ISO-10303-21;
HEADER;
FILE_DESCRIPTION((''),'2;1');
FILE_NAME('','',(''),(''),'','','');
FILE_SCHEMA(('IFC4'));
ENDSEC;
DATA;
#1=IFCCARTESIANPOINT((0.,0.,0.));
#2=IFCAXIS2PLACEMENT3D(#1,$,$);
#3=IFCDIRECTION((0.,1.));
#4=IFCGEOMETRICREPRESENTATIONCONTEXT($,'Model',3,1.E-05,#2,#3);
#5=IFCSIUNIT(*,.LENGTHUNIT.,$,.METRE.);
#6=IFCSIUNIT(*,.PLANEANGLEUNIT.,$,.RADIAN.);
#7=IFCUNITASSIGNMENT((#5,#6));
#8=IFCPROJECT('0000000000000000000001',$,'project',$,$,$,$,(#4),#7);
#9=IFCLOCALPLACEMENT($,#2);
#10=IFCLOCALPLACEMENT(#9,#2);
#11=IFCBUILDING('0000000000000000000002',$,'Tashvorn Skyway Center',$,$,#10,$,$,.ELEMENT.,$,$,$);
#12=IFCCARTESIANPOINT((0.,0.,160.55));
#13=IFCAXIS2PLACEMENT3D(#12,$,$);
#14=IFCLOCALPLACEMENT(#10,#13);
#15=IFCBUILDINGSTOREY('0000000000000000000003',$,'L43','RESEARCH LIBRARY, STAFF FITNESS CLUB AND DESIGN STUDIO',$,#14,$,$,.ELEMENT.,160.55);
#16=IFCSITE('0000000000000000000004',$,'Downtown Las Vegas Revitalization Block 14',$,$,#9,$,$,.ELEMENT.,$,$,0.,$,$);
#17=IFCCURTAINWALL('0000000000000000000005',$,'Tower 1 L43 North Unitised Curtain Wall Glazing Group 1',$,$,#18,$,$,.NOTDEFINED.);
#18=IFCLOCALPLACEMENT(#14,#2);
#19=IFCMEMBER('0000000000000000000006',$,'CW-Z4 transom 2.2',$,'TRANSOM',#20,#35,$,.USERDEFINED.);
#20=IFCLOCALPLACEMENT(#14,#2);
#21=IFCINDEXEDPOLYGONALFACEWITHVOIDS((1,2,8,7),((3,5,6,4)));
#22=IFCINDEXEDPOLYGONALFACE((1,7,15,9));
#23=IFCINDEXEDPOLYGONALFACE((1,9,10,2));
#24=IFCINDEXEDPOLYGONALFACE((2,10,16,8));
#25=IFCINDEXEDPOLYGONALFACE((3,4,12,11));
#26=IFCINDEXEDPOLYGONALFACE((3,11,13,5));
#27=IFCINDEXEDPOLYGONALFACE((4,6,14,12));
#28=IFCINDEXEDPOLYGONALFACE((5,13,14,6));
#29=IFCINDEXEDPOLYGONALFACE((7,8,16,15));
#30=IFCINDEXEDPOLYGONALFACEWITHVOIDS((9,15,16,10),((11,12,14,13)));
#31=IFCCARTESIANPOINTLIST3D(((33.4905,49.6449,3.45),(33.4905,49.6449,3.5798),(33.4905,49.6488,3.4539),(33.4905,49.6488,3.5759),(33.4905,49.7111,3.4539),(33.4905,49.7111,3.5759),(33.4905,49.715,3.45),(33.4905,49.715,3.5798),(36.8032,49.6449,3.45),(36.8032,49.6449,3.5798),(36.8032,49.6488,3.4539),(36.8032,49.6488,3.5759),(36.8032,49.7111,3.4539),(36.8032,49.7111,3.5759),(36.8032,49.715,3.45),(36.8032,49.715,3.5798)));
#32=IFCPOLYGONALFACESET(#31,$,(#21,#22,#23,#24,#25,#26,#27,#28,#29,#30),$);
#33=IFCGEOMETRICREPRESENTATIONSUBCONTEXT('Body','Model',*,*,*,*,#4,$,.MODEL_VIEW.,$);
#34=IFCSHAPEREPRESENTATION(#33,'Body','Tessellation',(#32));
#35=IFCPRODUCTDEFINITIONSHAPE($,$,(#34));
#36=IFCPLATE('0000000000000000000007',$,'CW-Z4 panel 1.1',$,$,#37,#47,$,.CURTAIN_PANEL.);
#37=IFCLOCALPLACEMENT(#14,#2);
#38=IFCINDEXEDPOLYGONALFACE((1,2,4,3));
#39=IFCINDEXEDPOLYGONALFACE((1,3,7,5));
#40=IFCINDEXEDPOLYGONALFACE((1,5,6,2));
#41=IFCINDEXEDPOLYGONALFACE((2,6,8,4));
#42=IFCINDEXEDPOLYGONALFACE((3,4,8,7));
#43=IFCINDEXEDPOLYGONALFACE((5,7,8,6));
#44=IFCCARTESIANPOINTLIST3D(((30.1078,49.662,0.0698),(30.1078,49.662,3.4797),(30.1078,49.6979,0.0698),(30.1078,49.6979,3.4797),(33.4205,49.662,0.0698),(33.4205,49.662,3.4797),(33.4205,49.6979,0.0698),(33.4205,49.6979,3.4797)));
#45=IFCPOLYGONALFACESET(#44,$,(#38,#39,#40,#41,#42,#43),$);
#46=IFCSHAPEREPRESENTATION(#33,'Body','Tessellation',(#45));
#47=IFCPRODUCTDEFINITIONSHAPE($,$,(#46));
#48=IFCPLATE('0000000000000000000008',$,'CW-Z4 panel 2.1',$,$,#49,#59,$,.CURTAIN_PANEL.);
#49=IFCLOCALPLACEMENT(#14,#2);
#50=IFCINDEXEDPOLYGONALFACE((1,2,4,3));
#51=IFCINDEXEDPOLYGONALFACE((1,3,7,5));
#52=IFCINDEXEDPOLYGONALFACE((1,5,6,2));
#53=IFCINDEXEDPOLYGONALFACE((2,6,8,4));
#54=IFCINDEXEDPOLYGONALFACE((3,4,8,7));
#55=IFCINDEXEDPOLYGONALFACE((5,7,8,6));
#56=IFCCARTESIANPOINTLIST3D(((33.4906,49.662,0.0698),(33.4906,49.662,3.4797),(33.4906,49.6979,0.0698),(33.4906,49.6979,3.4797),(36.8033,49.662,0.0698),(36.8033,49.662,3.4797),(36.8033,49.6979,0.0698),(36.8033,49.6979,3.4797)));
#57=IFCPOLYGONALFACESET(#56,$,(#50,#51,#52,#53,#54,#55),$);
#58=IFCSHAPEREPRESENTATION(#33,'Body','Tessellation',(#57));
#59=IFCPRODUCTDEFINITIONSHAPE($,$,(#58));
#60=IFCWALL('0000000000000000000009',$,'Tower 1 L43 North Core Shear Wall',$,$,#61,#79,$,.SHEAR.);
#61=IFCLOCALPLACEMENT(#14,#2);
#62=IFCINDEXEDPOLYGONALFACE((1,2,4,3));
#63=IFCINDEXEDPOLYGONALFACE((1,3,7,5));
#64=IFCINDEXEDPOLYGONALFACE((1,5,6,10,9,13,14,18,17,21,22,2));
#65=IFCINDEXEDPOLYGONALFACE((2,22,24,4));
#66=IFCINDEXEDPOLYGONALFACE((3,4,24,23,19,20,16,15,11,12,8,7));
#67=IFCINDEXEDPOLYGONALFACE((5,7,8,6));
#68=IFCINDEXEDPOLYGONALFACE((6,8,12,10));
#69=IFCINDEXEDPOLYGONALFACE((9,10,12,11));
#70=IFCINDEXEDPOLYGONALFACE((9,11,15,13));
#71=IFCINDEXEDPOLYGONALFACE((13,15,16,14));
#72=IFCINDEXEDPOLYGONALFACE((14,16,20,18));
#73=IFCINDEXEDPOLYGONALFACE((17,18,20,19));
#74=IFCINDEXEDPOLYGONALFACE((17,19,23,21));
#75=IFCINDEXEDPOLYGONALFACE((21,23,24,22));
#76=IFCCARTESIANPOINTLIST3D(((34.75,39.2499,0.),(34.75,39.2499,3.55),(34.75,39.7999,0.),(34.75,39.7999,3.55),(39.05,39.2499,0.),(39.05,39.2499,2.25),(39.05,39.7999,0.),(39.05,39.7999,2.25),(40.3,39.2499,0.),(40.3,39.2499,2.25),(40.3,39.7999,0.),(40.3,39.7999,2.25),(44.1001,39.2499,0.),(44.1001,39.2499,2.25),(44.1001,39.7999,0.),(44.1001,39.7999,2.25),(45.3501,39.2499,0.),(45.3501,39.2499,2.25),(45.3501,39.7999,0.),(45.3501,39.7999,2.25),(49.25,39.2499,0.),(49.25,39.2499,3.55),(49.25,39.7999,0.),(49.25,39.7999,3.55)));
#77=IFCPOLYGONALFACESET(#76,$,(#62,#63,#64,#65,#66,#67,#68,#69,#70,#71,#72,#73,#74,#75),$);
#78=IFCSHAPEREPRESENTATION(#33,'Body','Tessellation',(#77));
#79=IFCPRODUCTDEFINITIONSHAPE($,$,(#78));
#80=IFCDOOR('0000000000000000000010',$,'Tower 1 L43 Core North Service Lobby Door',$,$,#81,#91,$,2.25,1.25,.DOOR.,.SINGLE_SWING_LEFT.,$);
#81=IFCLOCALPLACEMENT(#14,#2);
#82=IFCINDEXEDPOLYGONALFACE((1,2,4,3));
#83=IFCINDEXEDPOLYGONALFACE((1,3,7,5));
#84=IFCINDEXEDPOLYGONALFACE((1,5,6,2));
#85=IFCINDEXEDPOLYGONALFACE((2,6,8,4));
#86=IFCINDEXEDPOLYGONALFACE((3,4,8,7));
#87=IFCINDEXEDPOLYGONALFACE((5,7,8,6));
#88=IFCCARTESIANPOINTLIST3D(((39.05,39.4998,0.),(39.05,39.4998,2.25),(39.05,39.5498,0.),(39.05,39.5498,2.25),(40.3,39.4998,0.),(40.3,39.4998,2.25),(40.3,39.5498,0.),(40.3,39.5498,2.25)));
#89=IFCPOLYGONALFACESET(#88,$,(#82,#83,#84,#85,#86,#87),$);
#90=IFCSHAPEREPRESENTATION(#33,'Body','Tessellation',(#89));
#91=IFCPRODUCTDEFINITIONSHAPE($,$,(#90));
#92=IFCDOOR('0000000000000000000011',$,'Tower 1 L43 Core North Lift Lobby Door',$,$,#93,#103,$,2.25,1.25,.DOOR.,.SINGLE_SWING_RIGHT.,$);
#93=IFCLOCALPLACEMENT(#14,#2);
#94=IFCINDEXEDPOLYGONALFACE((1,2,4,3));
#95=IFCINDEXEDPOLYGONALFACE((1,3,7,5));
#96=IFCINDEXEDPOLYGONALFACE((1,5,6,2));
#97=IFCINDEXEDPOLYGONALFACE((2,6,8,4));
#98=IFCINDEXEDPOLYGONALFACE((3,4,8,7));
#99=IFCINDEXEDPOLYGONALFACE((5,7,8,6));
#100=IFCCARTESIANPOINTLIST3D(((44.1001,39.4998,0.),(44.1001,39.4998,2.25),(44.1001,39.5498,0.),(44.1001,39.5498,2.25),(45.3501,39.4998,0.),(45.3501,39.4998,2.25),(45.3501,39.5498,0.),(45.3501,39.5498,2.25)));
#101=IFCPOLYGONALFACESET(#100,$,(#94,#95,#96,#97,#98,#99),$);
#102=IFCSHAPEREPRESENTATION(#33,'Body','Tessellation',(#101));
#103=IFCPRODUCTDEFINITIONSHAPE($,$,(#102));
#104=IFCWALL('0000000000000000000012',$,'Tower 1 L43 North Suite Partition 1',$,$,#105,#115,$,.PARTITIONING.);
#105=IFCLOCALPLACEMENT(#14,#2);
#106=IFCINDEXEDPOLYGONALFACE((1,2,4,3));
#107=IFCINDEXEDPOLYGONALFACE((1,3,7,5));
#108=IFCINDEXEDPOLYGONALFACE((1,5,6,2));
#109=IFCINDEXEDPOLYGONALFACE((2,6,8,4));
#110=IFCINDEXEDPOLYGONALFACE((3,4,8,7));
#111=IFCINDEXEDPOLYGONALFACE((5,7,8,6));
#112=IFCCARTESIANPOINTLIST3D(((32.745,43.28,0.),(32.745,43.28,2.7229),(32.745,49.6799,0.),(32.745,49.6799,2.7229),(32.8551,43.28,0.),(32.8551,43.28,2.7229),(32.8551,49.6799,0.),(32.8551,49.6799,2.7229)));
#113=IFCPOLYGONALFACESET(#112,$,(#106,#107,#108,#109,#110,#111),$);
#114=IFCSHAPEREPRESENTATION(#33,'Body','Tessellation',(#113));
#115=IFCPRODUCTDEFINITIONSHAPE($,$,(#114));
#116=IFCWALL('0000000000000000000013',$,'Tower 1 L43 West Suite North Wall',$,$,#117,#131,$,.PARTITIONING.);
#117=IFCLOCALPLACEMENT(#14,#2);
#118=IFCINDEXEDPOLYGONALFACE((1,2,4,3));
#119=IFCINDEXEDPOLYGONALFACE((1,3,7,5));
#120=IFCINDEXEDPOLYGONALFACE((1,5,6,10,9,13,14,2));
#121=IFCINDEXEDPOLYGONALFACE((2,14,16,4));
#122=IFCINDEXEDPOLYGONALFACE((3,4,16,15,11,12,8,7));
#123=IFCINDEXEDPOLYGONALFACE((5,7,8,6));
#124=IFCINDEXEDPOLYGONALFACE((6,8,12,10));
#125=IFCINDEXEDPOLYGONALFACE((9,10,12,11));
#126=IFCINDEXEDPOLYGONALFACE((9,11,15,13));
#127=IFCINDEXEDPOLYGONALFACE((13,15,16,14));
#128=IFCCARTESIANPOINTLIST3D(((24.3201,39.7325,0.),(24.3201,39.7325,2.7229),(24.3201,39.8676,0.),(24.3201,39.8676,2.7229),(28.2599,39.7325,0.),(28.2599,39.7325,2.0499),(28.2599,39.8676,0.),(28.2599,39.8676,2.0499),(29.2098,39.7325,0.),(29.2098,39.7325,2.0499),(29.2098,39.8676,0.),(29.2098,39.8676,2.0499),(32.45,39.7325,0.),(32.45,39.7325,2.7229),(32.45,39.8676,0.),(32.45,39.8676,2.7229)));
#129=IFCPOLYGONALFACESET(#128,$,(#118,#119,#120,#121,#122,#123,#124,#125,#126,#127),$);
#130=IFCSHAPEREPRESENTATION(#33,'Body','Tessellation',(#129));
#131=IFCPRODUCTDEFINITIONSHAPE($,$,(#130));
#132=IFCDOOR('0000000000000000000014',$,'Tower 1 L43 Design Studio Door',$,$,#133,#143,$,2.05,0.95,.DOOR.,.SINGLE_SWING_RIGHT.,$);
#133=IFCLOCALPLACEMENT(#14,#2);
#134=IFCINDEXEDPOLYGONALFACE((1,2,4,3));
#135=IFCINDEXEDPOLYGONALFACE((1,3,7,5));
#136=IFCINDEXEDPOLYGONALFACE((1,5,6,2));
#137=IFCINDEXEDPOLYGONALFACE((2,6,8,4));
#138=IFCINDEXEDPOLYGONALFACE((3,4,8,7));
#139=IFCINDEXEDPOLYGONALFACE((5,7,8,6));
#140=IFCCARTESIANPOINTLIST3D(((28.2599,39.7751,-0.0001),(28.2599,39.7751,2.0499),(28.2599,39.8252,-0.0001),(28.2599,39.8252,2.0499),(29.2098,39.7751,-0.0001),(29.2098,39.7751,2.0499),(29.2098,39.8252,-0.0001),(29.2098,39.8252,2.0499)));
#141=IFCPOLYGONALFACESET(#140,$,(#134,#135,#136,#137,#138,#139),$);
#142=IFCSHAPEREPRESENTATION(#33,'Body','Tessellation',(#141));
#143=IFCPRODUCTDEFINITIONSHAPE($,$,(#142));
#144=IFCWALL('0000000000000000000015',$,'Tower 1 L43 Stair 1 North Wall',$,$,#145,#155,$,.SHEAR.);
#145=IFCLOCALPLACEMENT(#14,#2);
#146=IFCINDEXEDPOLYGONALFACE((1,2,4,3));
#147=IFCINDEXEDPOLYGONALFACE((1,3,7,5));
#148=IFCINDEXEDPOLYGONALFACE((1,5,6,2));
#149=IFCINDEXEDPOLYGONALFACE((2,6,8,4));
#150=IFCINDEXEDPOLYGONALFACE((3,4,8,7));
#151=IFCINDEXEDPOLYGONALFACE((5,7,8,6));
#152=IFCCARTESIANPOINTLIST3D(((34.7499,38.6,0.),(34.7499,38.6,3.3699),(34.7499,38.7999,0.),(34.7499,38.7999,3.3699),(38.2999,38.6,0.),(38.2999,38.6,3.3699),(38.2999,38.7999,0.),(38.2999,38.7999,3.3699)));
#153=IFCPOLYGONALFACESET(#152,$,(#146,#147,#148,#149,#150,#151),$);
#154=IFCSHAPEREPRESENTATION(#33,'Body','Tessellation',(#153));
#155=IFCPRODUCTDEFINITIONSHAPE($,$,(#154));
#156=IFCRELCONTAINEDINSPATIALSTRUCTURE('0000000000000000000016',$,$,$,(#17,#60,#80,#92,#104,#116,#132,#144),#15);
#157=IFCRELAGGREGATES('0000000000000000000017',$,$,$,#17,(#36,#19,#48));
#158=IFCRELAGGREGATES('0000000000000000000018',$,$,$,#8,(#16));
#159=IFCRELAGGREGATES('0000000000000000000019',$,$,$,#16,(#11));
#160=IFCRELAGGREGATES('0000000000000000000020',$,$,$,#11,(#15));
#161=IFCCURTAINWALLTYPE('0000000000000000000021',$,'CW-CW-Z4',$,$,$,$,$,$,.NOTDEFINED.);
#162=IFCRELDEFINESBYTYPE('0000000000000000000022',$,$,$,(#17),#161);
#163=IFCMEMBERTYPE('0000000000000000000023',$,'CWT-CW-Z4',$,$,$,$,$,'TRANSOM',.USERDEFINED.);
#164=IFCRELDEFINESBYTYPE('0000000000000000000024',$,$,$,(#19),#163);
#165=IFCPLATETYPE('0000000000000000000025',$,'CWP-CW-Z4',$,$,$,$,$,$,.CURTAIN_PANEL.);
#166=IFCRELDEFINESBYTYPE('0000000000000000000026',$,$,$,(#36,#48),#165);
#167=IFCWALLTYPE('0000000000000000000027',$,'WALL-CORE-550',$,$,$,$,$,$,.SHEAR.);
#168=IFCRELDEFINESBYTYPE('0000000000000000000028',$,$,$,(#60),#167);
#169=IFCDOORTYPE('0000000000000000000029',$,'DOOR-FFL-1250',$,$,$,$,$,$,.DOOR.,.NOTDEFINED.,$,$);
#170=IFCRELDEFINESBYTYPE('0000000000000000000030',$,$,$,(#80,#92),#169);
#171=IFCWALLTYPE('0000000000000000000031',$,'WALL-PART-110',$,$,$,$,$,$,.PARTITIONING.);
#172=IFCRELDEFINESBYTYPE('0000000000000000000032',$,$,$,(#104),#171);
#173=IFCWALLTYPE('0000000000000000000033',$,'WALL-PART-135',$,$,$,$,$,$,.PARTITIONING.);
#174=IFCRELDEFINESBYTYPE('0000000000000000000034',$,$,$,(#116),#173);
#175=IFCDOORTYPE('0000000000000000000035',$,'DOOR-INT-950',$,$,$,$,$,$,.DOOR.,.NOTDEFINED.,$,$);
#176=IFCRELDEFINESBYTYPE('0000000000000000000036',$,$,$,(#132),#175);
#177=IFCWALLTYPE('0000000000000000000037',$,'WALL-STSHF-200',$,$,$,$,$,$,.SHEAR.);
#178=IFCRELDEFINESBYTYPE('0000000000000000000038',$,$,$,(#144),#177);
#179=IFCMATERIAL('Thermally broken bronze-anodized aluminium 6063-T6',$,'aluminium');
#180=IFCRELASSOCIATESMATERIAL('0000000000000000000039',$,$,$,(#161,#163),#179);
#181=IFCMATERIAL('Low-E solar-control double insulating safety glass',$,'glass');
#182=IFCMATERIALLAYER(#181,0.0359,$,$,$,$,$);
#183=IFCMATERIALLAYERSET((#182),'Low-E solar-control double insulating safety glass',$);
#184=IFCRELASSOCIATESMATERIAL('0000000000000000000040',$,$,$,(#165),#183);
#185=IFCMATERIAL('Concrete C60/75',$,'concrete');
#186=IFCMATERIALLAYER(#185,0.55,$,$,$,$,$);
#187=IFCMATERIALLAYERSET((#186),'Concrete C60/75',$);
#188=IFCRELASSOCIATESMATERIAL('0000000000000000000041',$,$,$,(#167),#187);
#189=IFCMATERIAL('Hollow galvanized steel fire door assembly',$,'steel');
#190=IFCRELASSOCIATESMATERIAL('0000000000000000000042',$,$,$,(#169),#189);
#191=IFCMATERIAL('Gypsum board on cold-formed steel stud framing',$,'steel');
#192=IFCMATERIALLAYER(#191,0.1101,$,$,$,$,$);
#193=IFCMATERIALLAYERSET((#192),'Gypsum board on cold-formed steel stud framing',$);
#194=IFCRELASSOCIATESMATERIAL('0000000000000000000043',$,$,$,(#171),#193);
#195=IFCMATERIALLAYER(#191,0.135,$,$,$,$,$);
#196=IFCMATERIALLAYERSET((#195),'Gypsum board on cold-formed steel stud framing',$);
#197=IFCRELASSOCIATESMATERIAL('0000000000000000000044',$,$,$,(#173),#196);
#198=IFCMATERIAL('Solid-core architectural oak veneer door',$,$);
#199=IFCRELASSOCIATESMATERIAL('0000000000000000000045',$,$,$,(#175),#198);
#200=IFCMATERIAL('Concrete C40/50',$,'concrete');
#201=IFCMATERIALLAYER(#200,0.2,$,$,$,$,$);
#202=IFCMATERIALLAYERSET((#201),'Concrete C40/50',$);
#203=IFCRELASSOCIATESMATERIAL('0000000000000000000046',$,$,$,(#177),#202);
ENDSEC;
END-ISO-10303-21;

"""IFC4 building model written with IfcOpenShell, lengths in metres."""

from ifc_helpers import new_model, si_unit, direction, frame, frame_2d, origin, origin_2d, place, context, subcontext, project, spatial, rectangle, hollow_rectangle, extrude, material, layer, layer_set, material_profile, profile_set, type_object, element, fill, aggregate, save


model = new_model("IFC4")

# Units and contexts
model_context = context("Model", 3, precision=1e-05, world=origin(), true_north=direction((0.0, 1.0)))
body_context = subcontext(model_context, "Body", "Model", "MODEL_VIEW")
ifc_project = project(units=[si_unit("LENGTHUNIT", "METRE"), si_unit("PLANEANGLEUNIT", "RADIAN")], contexts=[model_context])

# Site, building, storey
site_placement = place(None, origin())
site = spatial("IfcSite", under=ifc_project, at=site_placement, Name="Downtown Las Vegas Revitalization Block 14", CompositionType="ELEMENT", RefElevation=0.0)
building_placement = place(site_placement, origin())
building = spatial("IfcBuilding", under=site, at=building_placement, Name="Tashvorn Skyway Center", CompositionType="ELEMENT")
storey_placement = place(building_placement, frame((0.0, 0.0, 160.55)))
storey = spatial("IfcBuildingStorey", under=building, at=storey_placement, Name="L43", Description="RESEARCH LIBRARY, STAFF FITNESS CLUB AND DESIGN STUDIO", CompositionType="ELEMENT", Elevation=160.55)

# Curtain wall, member, plates
ifc_material_1 = material(Name="Thermally broken bronze-anodized aluminium 6063-T6", Category="aluminium")
curtain_wall_type = type_object("IfcCurtainWallType", Name="CW-CW-Z4", PredefinedType="NOTDEFINED", material=ifc_material_1)
curtain_wall_placement = place(storey_placement, origin())
curtain_wall = element("IfcCurtainWall", 1, at=curtain_wall_placement, inside=storey, type_object=curtain_wall_type, Name="Tower 1 L43 North Unitised Curtain Wall Glazing Group 1", PredefinedType="NOTDEFINED")
ifc_material_profile_1 = material_profile(ifc_material_1, hollow_rectangle(XDim=0.0701, YDim=0.1299, WallThickness=0.0039, at=origin_2d()), Name="ALU-TRAN-70x130")
ifc_profile_set_1 = profile_set([ifc_material_profile_1], Name="Thermally broken bronze-anodized aluminium 6063-T6")
member_type_1 = type_object("IfcMemberType", Name="CWT-CW-Z4", ElementType="TRANSOM", PredefinedType="USERDEFINED", material=ifc_profile_set_1)
member_1_placement = place(storey_placement, frame((33.4905, 49.6799, 3.5149), z_axis=(1.0, 0.0, 0.0), x_axis=(0.0, 1.0, 0.0)))
member_1 = element("IfcMember", 2, at=member_1_placement, type_object=member_type_1, Name="CW-Z4 transom 2.2", ObjectType="TRANSOM", PredefinedType="USERDEFINED", context=body_context, shape_type="SweptSolid", body=[
    extrude(hollow_rectangle(XDim=0.0701, YDim=0.1299, WallThickness=0.0039, at=origin_2d()), origin(), (0.0, 0.0, 1.0), 3.3127),
])
ifc_material_2 = material(Name="Low-E solar-control double insulating safety glass", Category="glass")
ifc_layer_1 = layer(ifc_material_2, 0.0359)
ifc_layer_set_1 = layer_set([ifc_layer_1], Name="Low-E solar-control double insulating safety glass")
plate_type = type_object("IfcPlateType", Name="CWP-CW-Z4", PredefinedType="CURTAIN_PANEL", material=ifc_layer_set_1)
plate_1_placement = place(storey_placement, frame((31.7642, 49.6799, 0.0698), z_axis=(0.0, 0.0, 1.0), x_axis=(1.0, 0.0, 0.0)))
plate_1 = element("IfcPlate", 3, at=plate_1_placement, type_object=plate_type, Name="CW-Z4 panel 1.1", PredefinedType="CURTAIN_PANEL", context=body_context, shape_type="SweptSolid", body=[
    extrude(rectangle(XDim=3.3127, YDim=0.0359, at=origin_2d()), origin(), (0.0, 0.0, 1.0), 3.4099),
])
plate_2_placement = place(storey_placement, frame((35.147, 49.6799, 0.0698), z_axis=(0.0, 0.0, 1.0), x_axis=(1.0, 0.0, 0.0)))
plate_2 = element("IfcPlate", 4, at=plate_2_placement, type_object=plate_type, Name="CW-Z4 panel 2.1", PredefinedType="CURTAIN_PANEL", context=body_context, shape_type="SweptSolid", body=[
    extrude(rectangle(XDim=3.3127, YDim=0.0359, at=origin_2d()), origin(), (0.0, 0.0, 1.0), 3.4099),
])
aggregate(curtain_wall, [plate_1, member_1, plate_2])

# Wall, openings, doors
ifc_material_3 = material(Name="Concrete C60/75", Category="concrete")
ifc_layer_2 = layer(ifc_material_3, 0.55)
ifc_layer_set_2 = layer_set([ifc_layer_2], Name="Concrete C60/75")
wall_type_1 = type_object("IfcWallType", Name="WALL-CORE-550", PredefinedType="SHEAR", material=ifc_layer_set_2)
wall_1_placement = place(storey_placement, frame((34.75, 39.5249, 0.0), z_axis=(0.0, 0.0, 1.0), x_axis=(1.0, 0.0, 0.0)))
wall_1 = element("IfcWall", 5, at=wall_1_placement, inside=storey, type_object=wall_type_1, Name="Tower 1 L43 North Core Shear Wall", PredefinedType="SHEAR", context=body_context, shape_type="SweptSolid", body=[
    extrude(rectangle(XDim=14.5, YDim=0.55, at=frame_2d((7.25, 0.0))), origin(), (0.0, 0.0, 1.0), 3.55),
])
opening_1_placement = place(wall_1_placement, frame((4.3, 0.0, 0.0)))
opening_1 = element("IfcOpeningElement", 6, at=opening_1_placement, cuts=wall_1, PredefinedType="OPENING", context=body_context, shape_type="SweptSolid", body=[
    extrude(rectangle(XDim=1.25, YDim=2.25, at=frame_2d((0.625, 1.125))), frame((0.0, 0.2849, 0.0), z_axis=(0.0, -1.0, 0.0), x_axis=(1.0, 0.0, 0.0)), (0.0, 0.0, 1.0), 0.5701),
])
opening_2_placement = place(wall_1_placement, frame((9.3501, 0.0, 0.0)))
opening_2 = element("IfcOpeningElement", 7, at=opening_2_placement, cuts=wall_1, PredefinedType="OPENING", context=body_context, shape_type="SweptSolid", body=[
    extrude(rectangle(XDim=1.25, YDim=2.25, at=frame_2d((0.625, 1.125))), frame((0.0, 0.2849, 0.0), z_axis=(0.0, -1.0, 0.0), x_axis=(1.0, 0.0, 0.0)), (0.0, 0.0, 1.0), 0.5701),
])
ifc_material_4 = material(Name="Hollow galvanized steel fire door assembly", Category="steel")
door_type_1 = type_object("IfcDoorType", Name="DOOR-FFL-1250", OperationType="NOTDEFINED", PredefinedType="DOOR", material=ifc_material_4)
door_1_placement = place(opening_1_placement, origin())
door_1 = element("IfcDoor", 8, at=door_1_placement, inside=storey, type_object=door_type_1, Name="Tower 1 L43 Core North Service Lobby Door", OperationType="SINGLE_SWING_LEFT", OverallHeight=2.25, OverallWidth=1.25, PredefinedType="DOOR", context=body_context, shape_type="SweptSolid", body=[
    extrude(rectangle(XDim=1.25, YDim=2.25, at=frame_2d((0.625, 1.125))), frame((0.0, 0.0249, 0.0), z_axis=(0.0, -1.0, 0.0), x_axis=(1.0, 0.0, 0.0)), (0.0, 0.0, 1.0), 0.05),
])
fill(opening_1, door_1)
door_2_placement = place(opening_2_placement, origin())
door_2 = element("IfcDoor", 9, at=door_2_placement, inside=storey, type_object=door_type_1, Name="Tower 1 L43 Core North Lift Lobby Door", OperationType="SINGLE_SWING_RIGHT", OverallHeight=2.25, OverallWidth=1.25, PredefinedType="DOOR", context=body_context, shape_type="SweptSolid", body=[
    extrude(rectangle(XDim=1.25, YDim=2.25, at=frame_2d((0.625, 1.125))), frame((0.0, 0.0249, 0.0), z_axis=(0.0, -1.0, 0.0), x_axis=(1.0, 0.0, 0.0)), (0.0, 0.0, 1.0), 0.05),
])
fill(opening_2, door_2)

# Wall
ifc_material_5 = material(Name="Gypsum board on cold-formed steel stud framing", Category="steel")
ifc_layer_3 = layer(ifc_material_5, 0.1101)
ifc_layer_set_3 = layer_set([ifc_layer_3], Name="Gypsum board on cold-formed steel stud framing")
wall_type_2 = type_object("IfcWallType", Name="WALL-PART-110", PredefinedType="PARTITIONING", material=ifc_layer_set_3)
wall_2_placement = place(storey_placement, frame((32.8, 43.28, 0.0), z_axis=(0.0, 0.0, 1.0), x_axis=(0.0, 1.0, 0.0)))
element("IfcWall", 10, at=wall_2_placement, inside=storey, type_object=wall_type_2, Name="Tower 1 L43 North Suite Partition 1", PredefinedType="PARTITIONING", context=body_context, shape_type="SweptSolid", body=[
    extrude(rectangle(XDim=6.3999, YDim=0.1101, at=frame_2d((3.2, 0.0))), origin(), (0.0, 0.0, 1.0), 2.7229),
])

# Wall, opening, door
ifc_layer_4 = layer(ifc_material_5, 0.135)
ifc_layer_set_4 = layer_set([ifc_layer_4], Name="Gypsum board on cold-formed steel stud framing")
wall_type_3 = type_object("IfcWallType", Name="WALL-PART-135", PredefinedType="PARTITIONING", material=ifc_layer_set_4)
wall_3_placement = place(storey_placement, frame((32.45, 39.8, 0.0), z_axis=(0.0, 0.0, 1.0), x_axis=(-1.0, 0.0, 0.0)))
wall_3 = element("IfcWall", 11, at=wall_3_placement, inside=storey, type_object=wall_type_3, Name="Tower 1 L43 West Suite North Wall", PredefinedType="PARTITIONING", context=body_context, shape_type="SweptSolid", body=[
    extrude(rectangle(XDim=8.1299, YDim=0.135, at=frame_2d((4.0649, 0.0))), origin(), (0.0, 0.0, 1.0), 2.7229),
])
opening_3_placement = place(wall_3_placement, frame((3.24, 0.0, 0.0)))
opening_3 = element("IfcOpeningElement", 12, at=opening_3_placement, cuts=wall_3, PredefinedType="OPENING", context=body_context, shape_type="SweptSolid", body=[
    extrude(rectangle(XDim=0.95, YDim=2.05, at=frame_2d((0.4751, 1.0249))), frame((0.0, 0.0774, 0.0), z_axis=(0.0, -1.0, 0.0), x_axis=(1.0, 0.0, 0.0)), (0.0, 0.0, 1.0), 0.155),
])
ifc_material_6 = material(Name="Solid-core architectural oak veneer door")
door_type_2 = type_object("IfcDoorType", Name="DOOR-INT-950", OperationType="NOTDEFINED", PredefinedType="DOOR", material=ifc_material_6)
door_3_placement = place(opening_3_placement, origin())
door_3 = element("IfcDoor", 13, at=door_3_placement, inside=storey, type_object=door_type_2, Name="Tower 1 L43 Design Studio Door", OperationType="SINGLE_SWING_RIGHT", OverallHeight=2.05, OverallWidth=0.95, PredefinedType="DOOR", context=body_context, shape_type="SweptSolid", body=[
    extrude(rectangle(XDim=0.95, YDim=2.05, at=frame_2d((0.4751, 1.0249))), frame((0.0, 0.0249, 0.0), z_axis=(0.0, -1.0, 0.0), x_axis=(1.0, 0.0, 0.0)), (0.0, 0.0, 1.0), 0.05),
])
fill(opening_3, door_3)

# Wall
ifc_material_7 = material(Name="Concrete C40/50", Category="concrete")
ifc_layer_5 = layer(ifc_material_7, 0.2)
ifc_layer_set_5 = layer_set([ifc_layer_5], Name="Concrete C40/50")
wall_type_4 = type_object("IfcWallType", Name="WALL-STSHF-200", PredefinedType="SHEAR", material=ifc_layer_set_5)
wall_4_placement = place(storey_placement, frame((34.75, 38.7, 0.0), z_axis=(0.0, 0.0, 1.0), x_axis=(1.0, 0.0, 0.0)))
element("IfcWall", 14, at=wall_4_placement, inside=storey, type_object=wall_type_4, Name="Tower 1 L43 Stair 1 North Wall", PredefinedType="SHEAR", context=body_context, shape_type="SweptSolid", body=[
    extrude(rectangle(XDim=3.55, YDim=0.2, at=frame_2d((1.7749, 0.0))), origin(), (0.0, 0.0, 1.0), 3.3699),
])

save(model, "model.ifc")
